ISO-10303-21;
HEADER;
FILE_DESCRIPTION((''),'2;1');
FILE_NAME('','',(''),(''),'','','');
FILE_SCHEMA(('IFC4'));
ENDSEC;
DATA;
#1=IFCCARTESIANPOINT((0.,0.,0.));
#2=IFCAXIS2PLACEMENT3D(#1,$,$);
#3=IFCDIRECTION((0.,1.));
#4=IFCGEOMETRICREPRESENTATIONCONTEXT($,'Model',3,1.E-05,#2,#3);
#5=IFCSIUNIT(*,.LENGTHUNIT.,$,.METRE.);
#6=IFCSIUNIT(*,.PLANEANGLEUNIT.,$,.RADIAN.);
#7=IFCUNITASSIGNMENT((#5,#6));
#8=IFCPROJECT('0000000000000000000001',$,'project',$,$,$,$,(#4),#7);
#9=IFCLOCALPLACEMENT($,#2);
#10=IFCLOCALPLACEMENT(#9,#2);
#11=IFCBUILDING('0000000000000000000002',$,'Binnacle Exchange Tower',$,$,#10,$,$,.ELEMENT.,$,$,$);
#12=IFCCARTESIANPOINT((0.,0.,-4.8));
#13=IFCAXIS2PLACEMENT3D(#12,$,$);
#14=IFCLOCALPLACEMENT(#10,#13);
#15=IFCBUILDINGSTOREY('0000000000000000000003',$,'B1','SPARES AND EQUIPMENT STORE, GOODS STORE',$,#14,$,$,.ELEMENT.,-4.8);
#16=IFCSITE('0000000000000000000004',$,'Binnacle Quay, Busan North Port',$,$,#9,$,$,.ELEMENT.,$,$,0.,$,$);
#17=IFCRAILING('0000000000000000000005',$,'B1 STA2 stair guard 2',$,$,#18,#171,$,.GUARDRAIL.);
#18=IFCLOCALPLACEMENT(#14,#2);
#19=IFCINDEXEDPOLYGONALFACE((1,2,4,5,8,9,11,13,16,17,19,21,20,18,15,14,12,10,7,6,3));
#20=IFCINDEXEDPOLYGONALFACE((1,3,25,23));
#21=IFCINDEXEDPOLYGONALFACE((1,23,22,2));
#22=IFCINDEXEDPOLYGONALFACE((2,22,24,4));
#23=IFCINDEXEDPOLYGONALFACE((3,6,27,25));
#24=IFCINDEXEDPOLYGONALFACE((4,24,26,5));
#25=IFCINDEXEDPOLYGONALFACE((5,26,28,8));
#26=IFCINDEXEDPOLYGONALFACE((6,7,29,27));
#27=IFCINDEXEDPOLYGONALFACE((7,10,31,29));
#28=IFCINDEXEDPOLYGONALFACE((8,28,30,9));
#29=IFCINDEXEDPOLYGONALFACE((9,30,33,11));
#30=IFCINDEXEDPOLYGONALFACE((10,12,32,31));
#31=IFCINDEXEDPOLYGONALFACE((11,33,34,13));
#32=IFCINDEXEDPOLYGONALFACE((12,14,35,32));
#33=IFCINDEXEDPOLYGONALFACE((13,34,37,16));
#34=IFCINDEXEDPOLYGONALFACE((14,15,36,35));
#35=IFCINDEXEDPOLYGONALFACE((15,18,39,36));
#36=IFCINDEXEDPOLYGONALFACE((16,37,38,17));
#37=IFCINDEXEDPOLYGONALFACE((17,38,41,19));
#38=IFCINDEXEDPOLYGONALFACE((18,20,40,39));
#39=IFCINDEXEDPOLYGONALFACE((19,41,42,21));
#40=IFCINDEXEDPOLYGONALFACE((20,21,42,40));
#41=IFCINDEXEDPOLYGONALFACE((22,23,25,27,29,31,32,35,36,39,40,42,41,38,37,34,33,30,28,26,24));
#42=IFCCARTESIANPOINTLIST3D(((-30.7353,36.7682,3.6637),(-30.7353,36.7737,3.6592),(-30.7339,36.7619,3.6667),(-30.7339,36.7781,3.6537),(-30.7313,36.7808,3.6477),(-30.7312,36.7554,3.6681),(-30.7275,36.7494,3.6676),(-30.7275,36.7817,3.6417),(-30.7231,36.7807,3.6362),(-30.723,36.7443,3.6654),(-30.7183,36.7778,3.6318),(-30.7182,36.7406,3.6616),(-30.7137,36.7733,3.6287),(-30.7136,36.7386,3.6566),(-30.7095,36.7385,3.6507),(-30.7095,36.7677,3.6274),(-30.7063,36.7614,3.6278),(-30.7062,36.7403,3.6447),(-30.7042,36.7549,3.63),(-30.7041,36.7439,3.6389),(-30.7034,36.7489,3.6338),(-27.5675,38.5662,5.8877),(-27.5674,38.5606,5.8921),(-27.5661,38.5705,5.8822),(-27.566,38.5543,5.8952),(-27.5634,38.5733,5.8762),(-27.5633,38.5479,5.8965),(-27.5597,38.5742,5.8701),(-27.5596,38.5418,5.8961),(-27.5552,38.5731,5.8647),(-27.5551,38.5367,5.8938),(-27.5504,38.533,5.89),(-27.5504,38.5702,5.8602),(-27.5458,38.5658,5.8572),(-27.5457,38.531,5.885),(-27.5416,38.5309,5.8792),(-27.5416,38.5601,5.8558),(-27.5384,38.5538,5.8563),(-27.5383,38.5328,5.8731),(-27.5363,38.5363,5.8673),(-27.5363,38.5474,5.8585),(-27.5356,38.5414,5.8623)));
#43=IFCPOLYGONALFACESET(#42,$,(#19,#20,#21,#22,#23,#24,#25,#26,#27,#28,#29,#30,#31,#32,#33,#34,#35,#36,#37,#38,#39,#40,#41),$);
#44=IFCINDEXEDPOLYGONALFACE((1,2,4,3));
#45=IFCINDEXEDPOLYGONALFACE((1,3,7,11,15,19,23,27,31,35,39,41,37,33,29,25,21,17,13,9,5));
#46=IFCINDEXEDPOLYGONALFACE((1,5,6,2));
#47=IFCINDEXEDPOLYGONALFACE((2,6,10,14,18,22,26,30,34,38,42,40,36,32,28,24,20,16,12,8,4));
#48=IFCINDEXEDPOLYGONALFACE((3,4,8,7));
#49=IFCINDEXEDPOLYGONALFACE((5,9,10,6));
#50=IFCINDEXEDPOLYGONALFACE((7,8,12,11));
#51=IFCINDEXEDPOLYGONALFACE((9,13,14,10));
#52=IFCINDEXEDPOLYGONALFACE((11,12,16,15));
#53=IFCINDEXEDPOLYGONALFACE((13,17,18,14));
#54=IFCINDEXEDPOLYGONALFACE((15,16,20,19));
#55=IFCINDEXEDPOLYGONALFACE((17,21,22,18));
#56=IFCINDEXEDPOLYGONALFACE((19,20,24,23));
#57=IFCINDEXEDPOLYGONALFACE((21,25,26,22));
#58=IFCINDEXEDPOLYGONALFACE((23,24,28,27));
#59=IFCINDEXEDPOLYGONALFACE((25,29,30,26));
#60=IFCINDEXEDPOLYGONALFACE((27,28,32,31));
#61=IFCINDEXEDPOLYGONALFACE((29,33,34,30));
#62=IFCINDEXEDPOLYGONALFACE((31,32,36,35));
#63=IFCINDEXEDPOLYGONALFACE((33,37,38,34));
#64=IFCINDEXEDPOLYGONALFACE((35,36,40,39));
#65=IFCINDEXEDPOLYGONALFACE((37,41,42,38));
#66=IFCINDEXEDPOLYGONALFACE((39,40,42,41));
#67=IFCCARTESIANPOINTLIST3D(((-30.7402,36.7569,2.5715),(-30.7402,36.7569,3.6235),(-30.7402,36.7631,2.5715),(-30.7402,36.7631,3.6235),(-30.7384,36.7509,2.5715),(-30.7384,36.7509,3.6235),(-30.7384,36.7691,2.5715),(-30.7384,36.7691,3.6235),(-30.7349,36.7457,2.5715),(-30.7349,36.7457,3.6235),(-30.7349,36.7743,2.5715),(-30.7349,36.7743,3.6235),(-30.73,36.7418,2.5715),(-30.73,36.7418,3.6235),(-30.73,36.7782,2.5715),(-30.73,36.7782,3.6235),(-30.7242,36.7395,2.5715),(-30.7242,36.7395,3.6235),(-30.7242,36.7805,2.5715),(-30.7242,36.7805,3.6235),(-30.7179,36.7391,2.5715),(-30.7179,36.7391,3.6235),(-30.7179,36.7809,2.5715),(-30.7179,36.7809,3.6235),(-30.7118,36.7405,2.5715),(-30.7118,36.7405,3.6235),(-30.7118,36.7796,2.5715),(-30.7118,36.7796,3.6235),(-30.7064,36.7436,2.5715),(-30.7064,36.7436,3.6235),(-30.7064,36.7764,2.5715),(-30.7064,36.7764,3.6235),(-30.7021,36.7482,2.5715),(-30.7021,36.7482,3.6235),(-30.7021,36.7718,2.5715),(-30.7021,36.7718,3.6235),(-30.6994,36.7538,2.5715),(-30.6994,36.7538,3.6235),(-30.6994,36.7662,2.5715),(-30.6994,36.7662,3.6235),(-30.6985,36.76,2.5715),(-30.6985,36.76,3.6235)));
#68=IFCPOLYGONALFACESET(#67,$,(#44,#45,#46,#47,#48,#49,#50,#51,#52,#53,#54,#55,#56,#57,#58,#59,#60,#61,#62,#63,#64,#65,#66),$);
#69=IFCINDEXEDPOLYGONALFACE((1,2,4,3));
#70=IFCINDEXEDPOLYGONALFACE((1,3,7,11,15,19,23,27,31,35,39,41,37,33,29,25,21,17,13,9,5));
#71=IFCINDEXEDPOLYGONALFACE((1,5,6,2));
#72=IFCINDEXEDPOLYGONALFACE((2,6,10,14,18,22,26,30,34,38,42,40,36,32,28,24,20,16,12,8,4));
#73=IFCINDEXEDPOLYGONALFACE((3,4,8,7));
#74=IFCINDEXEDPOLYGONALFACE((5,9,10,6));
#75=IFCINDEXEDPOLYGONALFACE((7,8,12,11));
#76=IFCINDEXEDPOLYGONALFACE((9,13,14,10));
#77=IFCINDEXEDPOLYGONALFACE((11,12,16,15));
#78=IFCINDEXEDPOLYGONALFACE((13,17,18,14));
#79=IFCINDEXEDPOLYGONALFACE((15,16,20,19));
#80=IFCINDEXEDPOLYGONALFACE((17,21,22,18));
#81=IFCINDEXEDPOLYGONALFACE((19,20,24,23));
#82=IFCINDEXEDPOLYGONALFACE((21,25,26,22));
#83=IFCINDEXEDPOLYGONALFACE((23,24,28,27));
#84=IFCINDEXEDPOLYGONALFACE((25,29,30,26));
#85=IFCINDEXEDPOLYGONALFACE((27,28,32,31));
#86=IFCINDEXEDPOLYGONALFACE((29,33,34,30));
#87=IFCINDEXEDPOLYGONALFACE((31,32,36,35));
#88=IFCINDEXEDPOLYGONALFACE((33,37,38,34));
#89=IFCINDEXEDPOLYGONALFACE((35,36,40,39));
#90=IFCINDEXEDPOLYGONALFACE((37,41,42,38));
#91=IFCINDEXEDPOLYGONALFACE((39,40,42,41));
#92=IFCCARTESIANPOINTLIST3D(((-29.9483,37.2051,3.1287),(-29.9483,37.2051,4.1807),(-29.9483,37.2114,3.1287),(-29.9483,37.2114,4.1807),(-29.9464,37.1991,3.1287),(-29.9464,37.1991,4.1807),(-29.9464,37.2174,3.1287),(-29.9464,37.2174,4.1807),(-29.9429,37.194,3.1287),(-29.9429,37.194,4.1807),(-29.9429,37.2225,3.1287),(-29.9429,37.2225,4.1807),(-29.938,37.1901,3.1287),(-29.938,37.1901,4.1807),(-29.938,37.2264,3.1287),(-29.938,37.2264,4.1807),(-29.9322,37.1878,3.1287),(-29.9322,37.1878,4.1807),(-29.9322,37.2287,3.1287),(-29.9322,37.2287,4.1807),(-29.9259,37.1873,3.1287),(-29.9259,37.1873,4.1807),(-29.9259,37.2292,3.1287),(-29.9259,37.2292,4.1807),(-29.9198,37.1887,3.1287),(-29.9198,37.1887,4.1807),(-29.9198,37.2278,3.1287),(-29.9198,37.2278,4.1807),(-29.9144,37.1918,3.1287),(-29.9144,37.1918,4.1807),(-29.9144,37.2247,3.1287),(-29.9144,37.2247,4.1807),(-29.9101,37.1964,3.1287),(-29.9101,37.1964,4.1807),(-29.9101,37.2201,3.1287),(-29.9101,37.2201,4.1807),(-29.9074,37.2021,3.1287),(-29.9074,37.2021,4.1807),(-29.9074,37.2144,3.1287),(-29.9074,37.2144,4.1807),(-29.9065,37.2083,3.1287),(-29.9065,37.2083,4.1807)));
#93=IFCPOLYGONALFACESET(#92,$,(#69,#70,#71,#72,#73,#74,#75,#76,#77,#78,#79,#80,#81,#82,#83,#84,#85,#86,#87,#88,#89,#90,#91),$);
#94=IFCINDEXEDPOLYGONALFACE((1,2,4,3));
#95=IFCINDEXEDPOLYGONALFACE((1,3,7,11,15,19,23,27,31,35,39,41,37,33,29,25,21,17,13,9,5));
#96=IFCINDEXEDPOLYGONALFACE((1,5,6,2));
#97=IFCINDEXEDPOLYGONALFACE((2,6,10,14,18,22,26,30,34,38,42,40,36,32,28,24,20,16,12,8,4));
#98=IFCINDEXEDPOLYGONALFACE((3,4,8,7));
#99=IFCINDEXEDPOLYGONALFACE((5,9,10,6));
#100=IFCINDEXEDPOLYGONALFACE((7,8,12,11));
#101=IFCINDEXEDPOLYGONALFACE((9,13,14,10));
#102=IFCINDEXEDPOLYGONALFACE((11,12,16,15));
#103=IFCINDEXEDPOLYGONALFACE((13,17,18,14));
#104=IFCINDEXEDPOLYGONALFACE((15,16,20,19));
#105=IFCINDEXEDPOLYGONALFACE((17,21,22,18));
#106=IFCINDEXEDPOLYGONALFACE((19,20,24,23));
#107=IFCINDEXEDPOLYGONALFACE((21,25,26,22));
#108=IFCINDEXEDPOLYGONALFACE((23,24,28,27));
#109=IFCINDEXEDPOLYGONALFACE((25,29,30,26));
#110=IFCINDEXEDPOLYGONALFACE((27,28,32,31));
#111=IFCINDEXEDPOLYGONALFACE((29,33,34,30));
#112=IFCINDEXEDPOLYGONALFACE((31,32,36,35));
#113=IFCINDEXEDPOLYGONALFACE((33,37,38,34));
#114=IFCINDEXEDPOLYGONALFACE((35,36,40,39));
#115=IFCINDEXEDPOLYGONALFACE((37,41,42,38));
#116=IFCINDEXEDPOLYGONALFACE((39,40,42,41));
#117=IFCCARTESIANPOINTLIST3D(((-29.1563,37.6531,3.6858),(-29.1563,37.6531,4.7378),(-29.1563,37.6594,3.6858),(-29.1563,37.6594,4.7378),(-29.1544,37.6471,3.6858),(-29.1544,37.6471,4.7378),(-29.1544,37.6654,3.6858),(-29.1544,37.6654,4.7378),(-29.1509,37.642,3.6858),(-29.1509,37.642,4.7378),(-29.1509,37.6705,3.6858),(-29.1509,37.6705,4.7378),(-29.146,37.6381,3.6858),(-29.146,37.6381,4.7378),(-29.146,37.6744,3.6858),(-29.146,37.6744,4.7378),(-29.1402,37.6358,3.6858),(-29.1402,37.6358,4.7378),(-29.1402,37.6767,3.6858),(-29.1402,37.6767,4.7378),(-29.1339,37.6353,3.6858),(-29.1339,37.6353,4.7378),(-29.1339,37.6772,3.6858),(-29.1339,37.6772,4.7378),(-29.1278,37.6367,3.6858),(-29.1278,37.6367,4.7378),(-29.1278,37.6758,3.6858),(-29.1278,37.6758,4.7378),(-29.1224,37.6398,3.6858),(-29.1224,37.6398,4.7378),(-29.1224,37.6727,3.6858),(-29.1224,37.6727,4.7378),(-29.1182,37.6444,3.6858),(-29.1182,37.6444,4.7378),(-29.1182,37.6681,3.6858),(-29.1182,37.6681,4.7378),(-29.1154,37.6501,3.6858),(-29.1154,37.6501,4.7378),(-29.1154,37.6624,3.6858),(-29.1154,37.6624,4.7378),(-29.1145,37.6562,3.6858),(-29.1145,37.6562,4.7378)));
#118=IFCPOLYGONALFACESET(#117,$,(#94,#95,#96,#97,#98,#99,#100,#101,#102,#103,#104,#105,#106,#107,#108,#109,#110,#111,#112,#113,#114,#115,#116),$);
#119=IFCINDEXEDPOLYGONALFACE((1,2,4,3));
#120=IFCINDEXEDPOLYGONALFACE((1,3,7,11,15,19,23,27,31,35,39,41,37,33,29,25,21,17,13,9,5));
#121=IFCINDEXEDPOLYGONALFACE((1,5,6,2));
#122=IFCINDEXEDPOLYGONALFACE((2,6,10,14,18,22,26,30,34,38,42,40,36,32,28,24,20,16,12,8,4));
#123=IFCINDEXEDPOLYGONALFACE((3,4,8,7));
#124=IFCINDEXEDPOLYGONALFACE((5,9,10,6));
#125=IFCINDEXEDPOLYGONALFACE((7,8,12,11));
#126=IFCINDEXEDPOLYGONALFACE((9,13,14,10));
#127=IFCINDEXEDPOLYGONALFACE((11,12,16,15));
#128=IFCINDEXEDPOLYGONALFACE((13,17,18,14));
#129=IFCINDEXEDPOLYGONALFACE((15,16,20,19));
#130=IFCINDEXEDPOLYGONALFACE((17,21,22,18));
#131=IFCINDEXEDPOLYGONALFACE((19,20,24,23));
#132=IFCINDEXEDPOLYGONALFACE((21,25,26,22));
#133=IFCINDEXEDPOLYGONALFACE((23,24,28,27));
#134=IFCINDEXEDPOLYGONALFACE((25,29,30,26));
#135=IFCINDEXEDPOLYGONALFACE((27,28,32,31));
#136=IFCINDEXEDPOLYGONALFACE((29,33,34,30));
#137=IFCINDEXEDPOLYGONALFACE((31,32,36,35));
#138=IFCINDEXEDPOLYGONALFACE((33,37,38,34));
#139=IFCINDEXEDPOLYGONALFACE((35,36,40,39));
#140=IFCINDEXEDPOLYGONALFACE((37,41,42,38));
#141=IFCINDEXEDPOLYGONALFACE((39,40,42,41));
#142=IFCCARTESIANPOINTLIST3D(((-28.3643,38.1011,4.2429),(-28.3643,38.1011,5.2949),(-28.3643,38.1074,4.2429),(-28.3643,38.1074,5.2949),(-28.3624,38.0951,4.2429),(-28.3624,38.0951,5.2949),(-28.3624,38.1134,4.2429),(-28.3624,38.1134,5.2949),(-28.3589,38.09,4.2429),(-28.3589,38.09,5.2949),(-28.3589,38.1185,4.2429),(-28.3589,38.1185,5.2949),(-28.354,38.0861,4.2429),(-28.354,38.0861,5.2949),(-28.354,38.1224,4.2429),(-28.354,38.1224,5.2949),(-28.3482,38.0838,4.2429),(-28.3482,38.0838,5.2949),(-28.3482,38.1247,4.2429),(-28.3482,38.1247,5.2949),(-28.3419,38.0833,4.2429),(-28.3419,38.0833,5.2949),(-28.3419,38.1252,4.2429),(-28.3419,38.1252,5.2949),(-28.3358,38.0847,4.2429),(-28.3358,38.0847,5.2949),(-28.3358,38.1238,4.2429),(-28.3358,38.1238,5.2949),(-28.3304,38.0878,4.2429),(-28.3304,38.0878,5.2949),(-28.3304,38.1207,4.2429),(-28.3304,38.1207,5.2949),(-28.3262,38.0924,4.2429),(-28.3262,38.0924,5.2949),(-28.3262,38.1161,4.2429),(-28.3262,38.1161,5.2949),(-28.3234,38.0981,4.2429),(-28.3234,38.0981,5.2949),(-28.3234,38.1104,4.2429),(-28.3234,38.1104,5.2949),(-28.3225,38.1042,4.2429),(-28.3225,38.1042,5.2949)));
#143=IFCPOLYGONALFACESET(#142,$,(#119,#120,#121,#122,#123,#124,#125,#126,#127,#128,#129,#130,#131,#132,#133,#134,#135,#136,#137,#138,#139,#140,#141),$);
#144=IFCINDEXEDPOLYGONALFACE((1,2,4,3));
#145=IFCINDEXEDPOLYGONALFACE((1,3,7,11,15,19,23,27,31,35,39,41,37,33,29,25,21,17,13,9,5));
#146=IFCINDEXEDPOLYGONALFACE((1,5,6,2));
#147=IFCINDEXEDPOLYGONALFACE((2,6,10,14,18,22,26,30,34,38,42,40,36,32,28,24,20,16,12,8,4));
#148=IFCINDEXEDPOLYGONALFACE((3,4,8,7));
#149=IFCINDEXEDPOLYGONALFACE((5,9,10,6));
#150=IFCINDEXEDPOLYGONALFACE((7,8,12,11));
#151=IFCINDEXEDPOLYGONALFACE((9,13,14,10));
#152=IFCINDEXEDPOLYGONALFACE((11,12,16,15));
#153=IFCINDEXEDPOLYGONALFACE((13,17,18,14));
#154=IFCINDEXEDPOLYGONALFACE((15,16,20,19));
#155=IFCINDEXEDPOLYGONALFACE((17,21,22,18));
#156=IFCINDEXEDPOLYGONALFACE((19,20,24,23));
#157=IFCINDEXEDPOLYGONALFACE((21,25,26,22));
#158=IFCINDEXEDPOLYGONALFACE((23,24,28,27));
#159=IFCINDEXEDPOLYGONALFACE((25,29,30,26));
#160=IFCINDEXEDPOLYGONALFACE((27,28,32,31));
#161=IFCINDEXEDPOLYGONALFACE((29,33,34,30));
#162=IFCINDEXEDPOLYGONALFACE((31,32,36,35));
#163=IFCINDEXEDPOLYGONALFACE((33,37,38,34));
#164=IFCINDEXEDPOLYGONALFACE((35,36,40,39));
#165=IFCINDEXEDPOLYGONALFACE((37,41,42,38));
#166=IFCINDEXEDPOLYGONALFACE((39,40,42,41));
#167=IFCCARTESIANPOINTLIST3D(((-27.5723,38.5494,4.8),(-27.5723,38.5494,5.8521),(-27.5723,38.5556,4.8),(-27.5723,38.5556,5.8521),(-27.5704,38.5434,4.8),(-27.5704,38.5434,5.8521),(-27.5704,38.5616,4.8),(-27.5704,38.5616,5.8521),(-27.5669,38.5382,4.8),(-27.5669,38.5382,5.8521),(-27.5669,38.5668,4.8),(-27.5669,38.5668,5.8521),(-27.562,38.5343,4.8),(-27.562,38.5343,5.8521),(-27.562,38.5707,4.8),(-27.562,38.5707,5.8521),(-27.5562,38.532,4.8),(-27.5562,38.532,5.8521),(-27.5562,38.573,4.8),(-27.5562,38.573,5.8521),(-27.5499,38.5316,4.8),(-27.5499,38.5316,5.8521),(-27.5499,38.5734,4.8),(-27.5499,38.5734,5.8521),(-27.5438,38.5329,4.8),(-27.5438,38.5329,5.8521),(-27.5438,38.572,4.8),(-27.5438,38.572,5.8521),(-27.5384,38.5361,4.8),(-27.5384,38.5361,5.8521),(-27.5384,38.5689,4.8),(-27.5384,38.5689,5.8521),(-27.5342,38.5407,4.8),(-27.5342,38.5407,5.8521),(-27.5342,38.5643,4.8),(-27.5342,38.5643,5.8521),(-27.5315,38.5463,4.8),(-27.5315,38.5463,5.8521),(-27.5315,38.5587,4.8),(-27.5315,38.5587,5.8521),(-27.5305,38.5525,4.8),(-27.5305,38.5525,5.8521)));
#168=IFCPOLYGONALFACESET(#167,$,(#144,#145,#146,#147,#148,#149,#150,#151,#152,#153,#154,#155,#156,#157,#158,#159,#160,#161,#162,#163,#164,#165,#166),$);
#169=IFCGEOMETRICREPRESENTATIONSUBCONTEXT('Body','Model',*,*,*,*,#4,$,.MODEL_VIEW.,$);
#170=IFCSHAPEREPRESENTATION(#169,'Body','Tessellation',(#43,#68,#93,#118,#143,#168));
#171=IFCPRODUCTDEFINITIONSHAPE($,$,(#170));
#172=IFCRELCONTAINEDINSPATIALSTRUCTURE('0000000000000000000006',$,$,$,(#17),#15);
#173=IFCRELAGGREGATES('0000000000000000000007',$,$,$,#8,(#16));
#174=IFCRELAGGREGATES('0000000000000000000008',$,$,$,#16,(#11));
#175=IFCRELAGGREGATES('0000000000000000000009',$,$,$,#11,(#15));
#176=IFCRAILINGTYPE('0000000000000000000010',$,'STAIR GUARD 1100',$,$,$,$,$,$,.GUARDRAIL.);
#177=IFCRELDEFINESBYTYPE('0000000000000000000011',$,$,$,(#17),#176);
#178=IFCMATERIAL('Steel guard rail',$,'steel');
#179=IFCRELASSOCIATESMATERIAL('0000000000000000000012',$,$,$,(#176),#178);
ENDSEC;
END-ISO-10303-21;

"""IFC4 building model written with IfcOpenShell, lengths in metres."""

from ifc_helpers import new_model, si_unit, direction, frame, origin, origin_2d, place, context, subcontext, project, spatial, circle, extrude, material, type_object, element, save


model = new_model("IFC4")

# Units and contexts
model_context = context("Model", 3, precision=1e-05, world=origin(), true_north=direction((0.0, 1.0)))
body_context = subcontext(model_context, "Body", "Model", "MODEL_VIEW")
ifc_project = project(units=[si_unit("LENGTHUNIT", "METRE"), si_unit("PLANEANGLEUNIT", "RADIAN")], contexts=[model_context])

# Site, building, storey
site_placement = place(None, origin())
site = spatial("IfcSite", under=ifc_project, at=site_placement, Name="Binnacle Quay, Busan North Port", CompositionType="ELEMENT", RefElevation=0.0)
building_placement = place(site_placement, origin())
building = spatial("IfcBuilding", under=site, at=building_placement, Name="Binnacle Exchange Tower", CompositionType="ELEMENT")
storey_placement = place(building_placement, frame((0.0, 0.0, -4.8)))
storey = spatial("IfcBuildingStorey", under=building, at=storey_placement, Name="B1", Description="SPARES AND EQUIPMENT STORE, GOODS STORE", CompositionType="ELEMENT", Elevation=-4.8)

# Railing
ifc_material_1 = material(Name="Steel guard rail", Category="steel")
railing_type = type_object("IfcRailingType", Name="STAIR GUARD 1100", PredefinedType="GUARDRAIL", material=ifc_material_1)
railing_placement = place(storey_placement, frame((-30.7195, 36.76, 2.5715)))
element("IfcRailing", 1, at=railing_placement, inside=storey, type_object=railing_type, Name="B1 STA2 stair guard 2", PredefinedType="GUARDRAIL", context=body_context, shape_type="SweptSolid", body=[
    extrude(circle(Radius=0.0239, at=origin_2d()), frame((0.0, 0.0, 1.0762), z_axis=(0.742272, 0.419987, 0.522153), x_axis=(-0.492451, 0.87034, 0.0)), (0.0, 0.0, 1.0), 4.2678),
    extrude(circle(Radius=0.021, at=origin_2d()), origin(), (0.0, 0.0, 1.0), 1.052),
    extrude(circle(Radius=0.021, at=origin_2d()), frame((0.792, 0.4482, 0.5571)), (0.0, 0.0, 1.0), 1.052),
    extrude(circle(Radius=0.021, at=origin_2d()), frame((1.584, 0.8962, 1.1143)), (0.0, 0.0, 1.0), 1.052),
    extrude(circle(Radius=0.021, at=origin_2d()), frame((2.376, 1.3442, 1.6714)), (0.0, 0.0, 1.0), 1.052),
    extrude(circle(Radius=0.021, at=origin_2d()), frame((3.168, 1.7925, 2.2285)), (0.0, 0.0, 1.0), 1.052),
])

save(model, "model.ifc")
